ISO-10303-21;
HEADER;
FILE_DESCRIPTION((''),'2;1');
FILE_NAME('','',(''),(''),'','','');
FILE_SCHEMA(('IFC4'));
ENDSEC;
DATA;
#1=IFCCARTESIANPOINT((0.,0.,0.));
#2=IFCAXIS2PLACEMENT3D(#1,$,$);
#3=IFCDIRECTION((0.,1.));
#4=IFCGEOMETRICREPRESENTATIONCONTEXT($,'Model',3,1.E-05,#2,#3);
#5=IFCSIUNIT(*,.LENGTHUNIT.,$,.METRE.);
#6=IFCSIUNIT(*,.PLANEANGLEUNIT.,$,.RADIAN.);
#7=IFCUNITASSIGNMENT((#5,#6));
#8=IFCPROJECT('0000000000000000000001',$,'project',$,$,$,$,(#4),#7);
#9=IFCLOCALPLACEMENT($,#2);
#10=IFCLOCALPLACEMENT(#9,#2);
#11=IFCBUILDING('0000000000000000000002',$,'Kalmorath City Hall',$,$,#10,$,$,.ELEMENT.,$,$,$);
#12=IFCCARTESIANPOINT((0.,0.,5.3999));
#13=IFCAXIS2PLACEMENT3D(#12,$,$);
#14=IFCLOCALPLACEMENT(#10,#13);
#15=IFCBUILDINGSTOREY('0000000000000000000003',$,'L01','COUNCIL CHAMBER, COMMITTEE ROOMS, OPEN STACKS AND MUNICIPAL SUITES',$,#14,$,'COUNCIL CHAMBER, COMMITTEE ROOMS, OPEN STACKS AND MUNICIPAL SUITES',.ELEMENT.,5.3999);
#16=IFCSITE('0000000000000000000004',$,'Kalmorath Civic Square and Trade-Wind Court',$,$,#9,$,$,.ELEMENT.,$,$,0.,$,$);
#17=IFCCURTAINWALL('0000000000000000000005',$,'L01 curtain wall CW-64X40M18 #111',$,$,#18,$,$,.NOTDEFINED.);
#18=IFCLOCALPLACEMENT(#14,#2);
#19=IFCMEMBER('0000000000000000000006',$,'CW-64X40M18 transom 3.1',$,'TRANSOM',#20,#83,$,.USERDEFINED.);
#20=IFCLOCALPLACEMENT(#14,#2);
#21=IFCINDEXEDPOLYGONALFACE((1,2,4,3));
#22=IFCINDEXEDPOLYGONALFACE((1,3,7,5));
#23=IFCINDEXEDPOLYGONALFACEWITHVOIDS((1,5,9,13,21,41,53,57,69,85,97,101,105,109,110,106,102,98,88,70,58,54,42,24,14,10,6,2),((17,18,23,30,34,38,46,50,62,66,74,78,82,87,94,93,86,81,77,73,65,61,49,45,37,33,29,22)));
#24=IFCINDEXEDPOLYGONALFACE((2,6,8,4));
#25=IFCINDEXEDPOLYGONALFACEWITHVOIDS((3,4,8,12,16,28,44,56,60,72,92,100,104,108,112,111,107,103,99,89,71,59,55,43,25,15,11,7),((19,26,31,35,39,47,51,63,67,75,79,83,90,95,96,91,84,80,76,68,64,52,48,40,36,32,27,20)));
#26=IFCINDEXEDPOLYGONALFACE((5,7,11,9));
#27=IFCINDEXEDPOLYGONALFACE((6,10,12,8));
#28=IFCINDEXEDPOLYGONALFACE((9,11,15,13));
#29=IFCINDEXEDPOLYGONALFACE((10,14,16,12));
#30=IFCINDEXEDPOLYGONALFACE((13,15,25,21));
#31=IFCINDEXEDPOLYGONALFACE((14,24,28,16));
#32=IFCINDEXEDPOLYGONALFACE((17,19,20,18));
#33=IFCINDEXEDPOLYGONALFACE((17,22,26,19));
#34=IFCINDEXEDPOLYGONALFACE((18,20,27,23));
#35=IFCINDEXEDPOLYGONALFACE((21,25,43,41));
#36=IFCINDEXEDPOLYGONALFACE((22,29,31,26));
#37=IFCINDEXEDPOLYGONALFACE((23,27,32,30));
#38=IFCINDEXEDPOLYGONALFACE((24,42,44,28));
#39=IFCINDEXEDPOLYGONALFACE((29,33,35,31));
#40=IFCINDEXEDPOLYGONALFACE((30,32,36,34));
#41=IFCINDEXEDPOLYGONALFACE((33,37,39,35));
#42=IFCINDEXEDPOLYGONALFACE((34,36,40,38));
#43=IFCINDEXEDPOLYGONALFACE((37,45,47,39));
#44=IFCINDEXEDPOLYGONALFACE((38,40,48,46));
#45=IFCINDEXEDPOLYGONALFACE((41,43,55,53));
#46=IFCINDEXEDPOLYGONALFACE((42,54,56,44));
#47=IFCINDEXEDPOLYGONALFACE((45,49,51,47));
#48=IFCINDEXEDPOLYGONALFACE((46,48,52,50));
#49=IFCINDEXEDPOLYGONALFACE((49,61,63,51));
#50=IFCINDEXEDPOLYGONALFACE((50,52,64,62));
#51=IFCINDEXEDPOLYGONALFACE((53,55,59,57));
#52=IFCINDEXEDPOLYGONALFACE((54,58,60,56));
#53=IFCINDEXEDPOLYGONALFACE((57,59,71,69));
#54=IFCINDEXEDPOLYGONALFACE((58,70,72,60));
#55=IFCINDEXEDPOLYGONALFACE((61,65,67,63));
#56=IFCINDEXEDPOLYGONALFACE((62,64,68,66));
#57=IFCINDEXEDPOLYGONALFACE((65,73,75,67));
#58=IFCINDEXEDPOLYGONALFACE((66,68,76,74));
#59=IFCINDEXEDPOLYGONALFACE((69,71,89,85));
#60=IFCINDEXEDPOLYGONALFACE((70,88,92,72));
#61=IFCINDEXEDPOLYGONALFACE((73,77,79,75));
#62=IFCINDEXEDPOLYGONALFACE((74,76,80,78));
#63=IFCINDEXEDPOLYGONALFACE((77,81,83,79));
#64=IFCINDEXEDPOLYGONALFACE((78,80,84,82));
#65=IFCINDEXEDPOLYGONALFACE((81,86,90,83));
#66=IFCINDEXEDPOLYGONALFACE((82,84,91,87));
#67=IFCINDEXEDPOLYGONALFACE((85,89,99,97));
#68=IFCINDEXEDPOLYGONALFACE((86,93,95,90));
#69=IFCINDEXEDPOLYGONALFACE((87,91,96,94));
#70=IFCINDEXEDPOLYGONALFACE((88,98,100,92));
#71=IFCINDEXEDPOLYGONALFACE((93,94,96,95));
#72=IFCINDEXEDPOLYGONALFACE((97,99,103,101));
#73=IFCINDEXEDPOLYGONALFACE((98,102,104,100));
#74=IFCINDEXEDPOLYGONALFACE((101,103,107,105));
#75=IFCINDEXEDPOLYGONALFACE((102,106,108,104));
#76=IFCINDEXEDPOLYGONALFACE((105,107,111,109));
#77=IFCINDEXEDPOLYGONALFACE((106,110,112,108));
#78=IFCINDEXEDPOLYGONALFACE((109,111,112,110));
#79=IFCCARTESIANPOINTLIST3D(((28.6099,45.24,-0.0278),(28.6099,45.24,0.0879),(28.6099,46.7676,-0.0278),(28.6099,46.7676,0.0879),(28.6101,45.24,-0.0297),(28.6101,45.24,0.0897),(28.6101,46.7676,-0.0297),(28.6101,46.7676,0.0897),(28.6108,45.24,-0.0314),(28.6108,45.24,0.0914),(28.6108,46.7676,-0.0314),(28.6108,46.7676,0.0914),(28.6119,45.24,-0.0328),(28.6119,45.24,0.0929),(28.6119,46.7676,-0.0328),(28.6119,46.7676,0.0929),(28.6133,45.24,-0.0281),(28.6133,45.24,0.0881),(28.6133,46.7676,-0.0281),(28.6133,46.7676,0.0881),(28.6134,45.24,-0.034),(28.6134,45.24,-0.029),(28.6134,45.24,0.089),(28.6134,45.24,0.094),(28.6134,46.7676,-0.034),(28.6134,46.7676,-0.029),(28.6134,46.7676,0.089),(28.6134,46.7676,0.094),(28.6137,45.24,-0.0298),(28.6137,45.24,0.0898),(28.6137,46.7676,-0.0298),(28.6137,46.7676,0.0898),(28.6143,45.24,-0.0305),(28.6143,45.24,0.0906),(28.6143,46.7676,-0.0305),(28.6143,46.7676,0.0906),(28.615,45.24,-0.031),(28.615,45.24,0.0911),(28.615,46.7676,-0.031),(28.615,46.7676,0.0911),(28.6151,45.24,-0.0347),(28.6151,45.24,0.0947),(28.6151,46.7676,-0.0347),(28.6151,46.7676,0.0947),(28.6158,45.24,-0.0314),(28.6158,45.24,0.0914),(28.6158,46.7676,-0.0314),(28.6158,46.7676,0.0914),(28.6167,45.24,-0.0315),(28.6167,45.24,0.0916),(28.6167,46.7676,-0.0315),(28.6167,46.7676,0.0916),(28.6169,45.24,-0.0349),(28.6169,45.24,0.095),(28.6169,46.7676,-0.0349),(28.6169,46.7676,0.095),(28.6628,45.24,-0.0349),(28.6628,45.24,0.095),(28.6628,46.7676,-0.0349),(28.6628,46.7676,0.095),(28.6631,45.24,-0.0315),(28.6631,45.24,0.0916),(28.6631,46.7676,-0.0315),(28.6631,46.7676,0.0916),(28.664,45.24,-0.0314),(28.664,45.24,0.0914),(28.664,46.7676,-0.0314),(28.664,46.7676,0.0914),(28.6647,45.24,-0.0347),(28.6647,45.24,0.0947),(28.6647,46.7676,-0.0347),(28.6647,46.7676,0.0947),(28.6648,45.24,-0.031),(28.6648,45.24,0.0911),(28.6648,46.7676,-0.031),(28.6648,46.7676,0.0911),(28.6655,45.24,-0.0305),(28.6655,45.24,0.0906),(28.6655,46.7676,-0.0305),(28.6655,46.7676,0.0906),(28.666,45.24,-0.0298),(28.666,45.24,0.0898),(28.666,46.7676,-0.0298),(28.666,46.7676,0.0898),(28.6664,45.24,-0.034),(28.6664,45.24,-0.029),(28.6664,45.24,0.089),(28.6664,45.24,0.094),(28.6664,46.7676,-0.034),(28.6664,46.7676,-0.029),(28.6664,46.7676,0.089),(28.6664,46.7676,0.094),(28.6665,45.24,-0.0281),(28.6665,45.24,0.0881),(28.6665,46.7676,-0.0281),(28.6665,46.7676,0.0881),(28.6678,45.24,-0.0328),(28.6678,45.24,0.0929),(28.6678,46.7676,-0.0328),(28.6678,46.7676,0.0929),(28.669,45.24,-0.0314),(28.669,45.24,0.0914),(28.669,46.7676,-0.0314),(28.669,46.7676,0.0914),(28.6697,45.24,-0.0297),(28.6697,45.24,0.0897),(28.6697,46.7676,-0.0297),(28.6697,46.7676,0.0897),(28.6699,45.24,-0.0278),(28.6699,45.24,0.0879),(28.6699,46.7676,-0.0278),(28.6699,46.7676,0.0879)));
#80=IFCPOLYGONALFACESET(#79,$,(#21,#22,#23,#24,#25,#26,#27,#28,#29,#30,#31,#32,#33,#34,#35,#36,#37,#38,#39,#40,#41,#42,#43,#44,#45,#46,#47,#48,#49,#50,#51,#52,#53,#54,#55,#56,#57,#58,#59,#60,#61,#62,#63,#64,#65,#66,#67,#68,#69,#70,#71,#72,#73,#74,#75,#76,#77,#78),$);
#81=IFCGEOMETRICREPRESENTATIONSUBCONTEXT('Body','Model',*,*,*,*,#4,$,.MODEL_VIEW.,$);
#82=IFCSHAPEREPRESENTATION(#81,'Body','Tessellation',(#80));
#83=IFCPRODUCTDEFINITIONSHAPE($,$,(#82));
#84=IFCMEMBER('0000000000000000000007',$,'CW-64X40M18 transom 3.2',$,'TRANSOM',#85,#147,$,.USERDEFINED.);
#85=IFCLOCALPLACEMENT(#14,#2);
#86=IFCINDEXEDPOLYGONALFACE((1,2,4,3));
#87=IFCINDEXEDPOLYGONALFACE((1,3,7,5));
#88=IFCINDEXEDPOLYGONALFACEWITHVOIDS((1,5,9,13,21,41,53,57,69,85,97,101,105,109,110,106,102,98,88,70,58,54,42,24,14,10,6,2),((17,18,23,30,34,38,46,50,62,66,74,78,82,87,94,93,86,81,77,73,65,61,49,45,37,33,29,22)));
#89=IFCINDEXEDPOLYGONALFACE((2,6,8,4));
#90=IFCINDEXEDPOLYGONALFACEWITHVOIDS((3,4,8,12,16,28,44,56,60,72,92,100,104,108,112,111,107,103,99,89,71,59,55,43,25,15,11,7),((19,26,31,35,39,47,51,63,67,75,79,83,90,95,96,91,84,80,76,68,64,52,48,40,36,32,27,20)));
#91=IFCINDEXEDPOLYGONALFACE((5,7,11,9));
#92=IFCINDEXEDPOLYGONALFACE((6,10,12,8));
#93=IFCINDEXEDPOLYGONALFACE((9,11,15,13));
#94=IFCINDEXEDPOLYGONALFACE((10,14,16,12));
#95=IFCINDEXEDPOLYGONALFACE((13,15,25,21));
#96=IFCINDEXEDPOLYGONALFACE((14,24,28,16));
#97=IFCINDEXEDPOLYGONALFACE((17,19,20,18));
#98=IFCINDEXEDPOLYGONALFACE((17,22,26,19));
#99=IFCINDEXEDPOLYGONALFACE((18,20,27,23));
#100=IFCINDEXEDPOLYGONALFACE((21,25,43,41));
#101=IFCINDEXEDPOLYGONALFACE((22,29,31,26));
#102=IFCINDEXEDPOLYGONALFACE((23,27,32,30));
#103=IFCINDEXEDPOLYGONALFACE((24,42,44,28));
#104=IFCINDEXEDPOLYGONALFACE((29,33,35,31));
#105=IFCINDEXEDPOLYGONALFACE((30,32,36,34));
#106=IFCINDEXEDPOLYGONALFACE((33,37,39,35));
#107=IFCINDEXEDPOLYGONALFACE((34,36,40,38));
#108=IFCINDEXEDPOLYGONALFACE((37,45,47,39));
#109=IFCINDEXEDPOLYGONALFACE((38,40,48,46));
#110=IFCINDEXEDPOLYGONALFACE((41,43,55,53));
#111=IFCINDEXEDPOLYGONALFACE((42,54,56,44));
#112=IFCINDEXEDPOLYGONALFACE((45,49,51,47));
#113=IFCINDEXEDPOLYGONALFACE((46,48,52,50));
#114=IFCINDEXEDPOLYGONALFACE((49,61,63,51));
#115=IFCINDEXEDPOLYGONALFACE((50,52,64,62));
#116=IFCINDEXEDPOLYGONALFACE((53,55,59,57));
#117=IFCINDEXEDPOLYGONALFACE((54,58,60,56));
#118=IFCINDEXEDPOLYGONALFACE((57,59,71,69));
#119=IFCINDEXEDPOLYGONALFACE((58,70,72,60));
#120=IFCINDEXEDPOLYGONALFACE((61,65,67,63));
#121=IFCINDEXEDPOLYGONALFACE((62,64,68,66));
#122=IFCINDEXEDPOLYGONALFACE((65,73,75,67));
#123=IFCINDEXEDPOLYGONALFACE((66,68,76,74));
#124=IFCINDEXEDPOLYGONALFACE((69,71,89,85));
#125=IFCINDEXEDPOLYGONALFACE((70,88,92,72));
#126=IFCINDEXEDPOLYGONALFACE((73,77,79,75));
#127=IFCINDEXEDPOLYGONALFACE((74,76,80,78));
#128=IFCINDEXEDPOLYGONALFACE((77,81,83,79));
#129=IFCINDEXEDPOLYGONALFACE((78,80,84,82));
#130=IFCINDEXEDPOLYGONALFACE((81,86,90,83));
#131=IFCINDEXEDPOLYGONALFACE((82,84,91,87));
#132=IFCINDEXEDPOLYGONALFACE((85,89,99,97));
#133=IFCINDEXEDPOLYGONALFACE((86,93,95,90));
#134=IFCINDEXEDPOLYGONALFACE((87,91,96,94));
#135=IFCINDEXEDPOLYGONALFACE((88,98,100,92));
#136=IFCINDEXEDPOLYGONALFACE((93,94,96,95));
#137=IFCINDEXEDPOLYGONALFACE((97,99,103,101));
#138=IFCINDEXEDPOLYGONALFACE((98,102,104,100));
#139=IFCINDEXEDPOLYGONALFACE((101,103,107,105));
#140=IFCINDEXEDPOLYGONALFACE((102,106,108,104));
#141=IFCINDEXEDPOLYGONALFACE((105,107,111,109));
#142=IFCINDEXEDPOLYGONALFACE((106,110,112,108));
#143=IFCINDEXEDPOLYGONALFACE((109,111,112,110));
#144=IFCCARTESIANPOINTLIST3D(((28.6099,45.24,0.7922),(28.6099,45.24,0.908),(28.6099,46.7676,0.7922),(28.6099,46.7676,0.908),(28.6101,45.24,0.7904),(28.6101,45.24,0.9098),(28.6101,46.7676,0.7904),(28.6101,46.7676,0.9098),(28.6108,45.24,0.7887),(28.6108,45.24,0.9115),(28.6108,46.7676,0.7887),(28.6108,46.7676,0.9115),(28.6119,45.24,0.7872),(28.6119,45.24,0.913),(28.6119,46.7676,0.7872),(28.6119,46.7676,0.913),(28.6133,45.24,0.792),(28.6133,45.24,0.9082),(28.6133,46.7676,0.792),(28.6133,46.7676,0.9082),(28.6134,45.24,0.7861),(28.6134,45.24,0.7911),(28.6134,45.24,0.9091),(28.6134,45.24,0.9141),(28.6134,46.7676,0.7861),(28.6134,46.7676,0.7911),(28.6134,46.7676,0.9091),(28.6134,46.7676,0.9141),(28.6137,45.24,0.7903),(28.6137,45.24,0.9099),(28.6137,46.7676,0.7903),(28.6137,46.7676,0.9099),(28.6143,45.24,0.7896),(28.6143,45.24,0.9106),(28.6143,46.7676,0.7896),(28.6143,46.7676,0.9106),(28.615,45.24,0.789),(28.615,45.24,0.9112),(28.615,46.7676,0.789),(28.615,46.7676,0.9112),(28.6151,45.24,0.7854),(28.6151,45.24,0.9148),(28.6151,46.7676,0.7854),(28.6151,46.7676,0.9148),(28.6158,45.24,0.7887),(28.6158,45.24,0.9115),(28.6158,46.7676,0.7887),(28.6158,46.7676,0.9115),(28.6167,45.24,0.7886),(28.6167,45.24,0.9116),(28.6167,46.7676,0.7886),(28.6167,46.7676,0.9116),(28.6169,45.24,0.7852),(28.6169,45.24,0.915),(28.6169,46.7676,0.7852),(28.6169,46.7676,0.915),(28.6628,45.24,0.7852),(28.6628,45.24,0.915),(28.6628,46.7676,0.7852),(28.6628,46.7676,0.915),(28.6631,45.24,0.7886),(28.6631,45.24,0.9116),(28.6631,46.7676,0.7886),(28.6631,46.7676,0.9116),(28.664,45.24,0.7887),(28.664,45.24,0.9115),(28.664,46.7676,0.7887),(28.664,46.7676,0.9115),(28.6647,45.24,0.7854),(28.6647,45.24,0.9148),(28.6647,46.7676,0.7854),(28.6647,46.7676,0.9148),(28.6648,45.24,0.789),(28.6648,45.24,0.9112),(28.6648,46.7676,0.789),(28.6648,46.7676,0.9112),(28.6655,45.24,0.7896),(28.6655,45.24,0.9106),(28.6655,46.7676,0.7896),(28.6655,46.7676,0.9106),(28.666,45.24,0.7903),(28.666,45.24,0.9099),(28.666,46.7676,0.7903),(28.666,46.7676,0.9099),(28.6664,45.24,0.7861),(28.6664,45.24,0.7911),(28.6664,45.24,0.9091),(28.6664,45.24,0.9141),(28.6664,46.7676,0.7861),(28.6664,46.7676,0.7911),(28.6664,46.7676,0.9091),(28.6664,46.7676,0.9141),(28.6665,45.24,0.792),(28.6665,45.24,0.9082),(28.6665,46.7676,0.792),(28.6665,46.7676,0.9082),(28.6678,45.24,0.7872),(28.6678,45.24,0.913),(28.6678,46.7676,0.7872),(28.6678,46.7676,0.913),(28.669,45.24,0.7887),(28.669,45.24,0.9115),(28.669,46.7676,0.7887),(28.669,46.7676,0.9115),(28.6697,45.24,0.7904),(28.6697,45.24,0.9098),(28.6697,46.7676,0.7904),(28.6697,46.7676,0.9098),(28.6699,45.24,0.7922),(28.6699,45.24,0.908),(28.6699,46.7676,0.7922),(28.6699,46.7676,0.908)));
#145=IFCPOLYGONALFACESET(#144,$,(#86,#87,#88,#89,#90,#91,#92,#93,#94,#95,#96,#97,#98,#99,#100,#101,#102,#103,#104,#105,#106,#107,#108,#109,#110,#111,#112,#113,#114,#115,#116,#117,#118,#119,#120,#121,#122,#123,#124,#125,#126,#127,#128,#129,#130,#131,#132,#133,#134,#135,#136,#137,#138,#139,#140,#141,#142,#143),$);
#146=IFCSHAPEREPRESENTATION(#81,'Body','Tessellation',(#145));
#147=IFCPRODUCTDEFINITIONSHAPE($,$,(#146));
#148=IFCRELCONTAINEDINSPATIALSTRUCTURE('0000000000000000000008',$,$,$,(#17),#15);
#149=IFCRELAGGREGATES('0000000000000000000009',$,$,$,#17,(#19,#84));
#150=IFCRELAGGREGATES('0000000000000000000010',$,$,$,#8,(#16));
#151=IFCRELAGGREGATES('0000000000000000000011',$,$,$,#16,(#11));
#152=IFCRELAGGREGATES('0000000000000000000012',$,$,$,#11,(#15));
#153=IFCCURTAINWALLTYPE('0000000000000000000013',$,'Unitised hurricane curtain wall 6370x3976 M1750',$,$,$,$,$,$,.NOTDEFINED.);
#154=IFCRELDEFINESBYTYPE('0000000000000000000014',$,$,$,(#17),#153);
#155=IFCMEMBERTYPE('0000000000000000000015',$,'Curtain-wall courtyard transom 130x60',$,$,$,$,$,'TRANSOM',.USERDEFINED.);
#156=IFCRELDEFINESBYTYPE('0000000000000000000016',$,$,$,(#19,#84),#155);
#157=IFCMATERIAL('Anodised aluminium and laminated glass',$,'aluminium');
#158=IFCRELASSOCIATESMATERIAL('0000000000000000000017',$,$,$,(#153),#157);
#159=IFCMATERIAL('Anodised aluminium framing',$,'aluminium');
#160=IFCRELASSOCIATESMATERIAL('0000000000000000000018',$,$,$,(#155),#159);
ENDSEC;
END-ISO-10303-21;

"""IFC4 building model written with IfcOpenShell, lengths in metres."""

from ifc_helpers import new_model, si_unit, direction, frame, origin, origin_2d, place, context, subcontext, project, spatial, hollow_rectangle, extrude, material, material_profile, profile_set, type_object, element, aggregate, save


model = new_model("IFC4")

# Units and contexts
model_context = context("Model", 3, precision=1e-05, world=origin(), true_north=direction((0.0, 1.0)))
body_context = subcontext(model_context, "Body", "Model", "MODEL_VIEW")
ifc_project = project(units=[si_unit("LENGTHUNIT", "METRE"), si_unit("PLANEANGLEUNIT", "RADIAN")], contexts=[model_context])

# Site, building, storey
site_placement = place(None, origin())
site = spatial("IfcSite", under=ifc_project, at=site_placement, Name="Kalmorath Civic Square and Trade-Wind Court", CompositionType="ELEMENT", RefElevation=0.0)
building_placement = place(site_placement, origin())
building = spatial("IfcBuilding", under=site, at=building_placement, Name="Kalmorath City Hall", CompositionType="ELEMENT")
storey_placement = place(building_placement, frame((0.0, 0.0, 5.3999)))
storey = spatial("IfcBuildingStorey", under=building, at=storey_placement, Name="L01", Description="COUNCIL CHAMBER, COMMITTEE ROOMS, OPEN STACKS AND MUNICIPAL SUITES", LongName="COUNCIL CHAMBER, COMMITTEE ROOMS, OPEN STACKS AND MUNICIPAL SUITES", CompositionType="ELEMENT", Elevation=5.3999)

# Curtain wall, members
ifc_material_1 = material(Name="Anodised aluminium and laminated glass", Category="aluminium")
curtain_wall_type = type_object("IfcCurtainWallType", Name="Unitised hurricane curtain wall 6370x3976 M1750", PredefinedType="NOTDEFINED", material=ifc_material_1)
curtain_wall_placement = place(storey_placement, origin())
curtain_wall = element("IfcCurtainWall", 1, at=curtain_wall_placement, inside=storey, type_object=curtain_wall_type, Name="L01 curtain wall CW-64X40M18 #111", PredefinedType="NOTDEFINED")
ifc_material_2 = material(Name="Anodised aluminium framing", Category="aluminium")
ifc_material_profile_1 = material_profile(ifc_material_2, hollow_rectangle(XDim=0.0601, YDim=0.1299, WallThickness=0.0034, InnerFilletRadius=0.0034, OuterFilletRadius=0.0071, at=origin_2d()), Name="ALU-TRN-130X60X3.5")
ifc_profile_set_1 = profile_set([ifc_material_profile_1], Name="Anodised aluminium framing")
member_type_1 = type_object("IfcMemberType", Name="Curtain-wall courtyard transom 130x60", ElementType="TRANSOM", PredefinedType="USERDEFINED", material=ifc_profile_set_1)
member_1_placement = place(storey_placement, frame((28.6399, 46.7676, 0.03), z_axis=(0.0, -1.0, 0.0), x_axis=(1.0, 0.0, 0.0)))
member_1 = element("IfcMember", 2, at=member_1_placement, type_object=member_type_1, Name="CW-64X40M18 transom 3.1", ObjectType="TRANSOM", PredefinedType="USERDEFINED", context=body_context, shape_type="SweptSolid", body=[
    extrude(hollow_rectangle(XDim=0.0601, YDim=0.1299, WallThickness=0.0034, InnerFilletRadius=0.0034, OuterFilletRadius=0.0071, at=origin_2d()), origin(), (0.0, 0.0, 1.0), 1.5276),
])
member_2_placement = place(storey_placement, frame((28.6399, 46.7676, 0.8501), z_axis=(0.0, -1.0, 0.0), x_axis=(1.0, 0.0, 0.0)))
member_2 = element("IfcMember", 3, at=member_2_placement, type_object=member_type_1, Name="CW-64X40M18 transom 3.2", ObjectType="TRANSOM", PredefinedType="USERDEFINED", context=body_context, shape_type="SweptSolid", body=[
    extrude(hollow_rectangle(XDim=0.0601, YDim=0.1299, WallThickness=0.0034, InnerFilletRadius=0.0034, OuterFilletRadius=0.0071, at=origin_2d()), origin(), (0.0, 0.0, 1.0), 1.5276),
])
aggregate(curtain_wall, [member_1, member_2])

save(model, "model.ifc")
